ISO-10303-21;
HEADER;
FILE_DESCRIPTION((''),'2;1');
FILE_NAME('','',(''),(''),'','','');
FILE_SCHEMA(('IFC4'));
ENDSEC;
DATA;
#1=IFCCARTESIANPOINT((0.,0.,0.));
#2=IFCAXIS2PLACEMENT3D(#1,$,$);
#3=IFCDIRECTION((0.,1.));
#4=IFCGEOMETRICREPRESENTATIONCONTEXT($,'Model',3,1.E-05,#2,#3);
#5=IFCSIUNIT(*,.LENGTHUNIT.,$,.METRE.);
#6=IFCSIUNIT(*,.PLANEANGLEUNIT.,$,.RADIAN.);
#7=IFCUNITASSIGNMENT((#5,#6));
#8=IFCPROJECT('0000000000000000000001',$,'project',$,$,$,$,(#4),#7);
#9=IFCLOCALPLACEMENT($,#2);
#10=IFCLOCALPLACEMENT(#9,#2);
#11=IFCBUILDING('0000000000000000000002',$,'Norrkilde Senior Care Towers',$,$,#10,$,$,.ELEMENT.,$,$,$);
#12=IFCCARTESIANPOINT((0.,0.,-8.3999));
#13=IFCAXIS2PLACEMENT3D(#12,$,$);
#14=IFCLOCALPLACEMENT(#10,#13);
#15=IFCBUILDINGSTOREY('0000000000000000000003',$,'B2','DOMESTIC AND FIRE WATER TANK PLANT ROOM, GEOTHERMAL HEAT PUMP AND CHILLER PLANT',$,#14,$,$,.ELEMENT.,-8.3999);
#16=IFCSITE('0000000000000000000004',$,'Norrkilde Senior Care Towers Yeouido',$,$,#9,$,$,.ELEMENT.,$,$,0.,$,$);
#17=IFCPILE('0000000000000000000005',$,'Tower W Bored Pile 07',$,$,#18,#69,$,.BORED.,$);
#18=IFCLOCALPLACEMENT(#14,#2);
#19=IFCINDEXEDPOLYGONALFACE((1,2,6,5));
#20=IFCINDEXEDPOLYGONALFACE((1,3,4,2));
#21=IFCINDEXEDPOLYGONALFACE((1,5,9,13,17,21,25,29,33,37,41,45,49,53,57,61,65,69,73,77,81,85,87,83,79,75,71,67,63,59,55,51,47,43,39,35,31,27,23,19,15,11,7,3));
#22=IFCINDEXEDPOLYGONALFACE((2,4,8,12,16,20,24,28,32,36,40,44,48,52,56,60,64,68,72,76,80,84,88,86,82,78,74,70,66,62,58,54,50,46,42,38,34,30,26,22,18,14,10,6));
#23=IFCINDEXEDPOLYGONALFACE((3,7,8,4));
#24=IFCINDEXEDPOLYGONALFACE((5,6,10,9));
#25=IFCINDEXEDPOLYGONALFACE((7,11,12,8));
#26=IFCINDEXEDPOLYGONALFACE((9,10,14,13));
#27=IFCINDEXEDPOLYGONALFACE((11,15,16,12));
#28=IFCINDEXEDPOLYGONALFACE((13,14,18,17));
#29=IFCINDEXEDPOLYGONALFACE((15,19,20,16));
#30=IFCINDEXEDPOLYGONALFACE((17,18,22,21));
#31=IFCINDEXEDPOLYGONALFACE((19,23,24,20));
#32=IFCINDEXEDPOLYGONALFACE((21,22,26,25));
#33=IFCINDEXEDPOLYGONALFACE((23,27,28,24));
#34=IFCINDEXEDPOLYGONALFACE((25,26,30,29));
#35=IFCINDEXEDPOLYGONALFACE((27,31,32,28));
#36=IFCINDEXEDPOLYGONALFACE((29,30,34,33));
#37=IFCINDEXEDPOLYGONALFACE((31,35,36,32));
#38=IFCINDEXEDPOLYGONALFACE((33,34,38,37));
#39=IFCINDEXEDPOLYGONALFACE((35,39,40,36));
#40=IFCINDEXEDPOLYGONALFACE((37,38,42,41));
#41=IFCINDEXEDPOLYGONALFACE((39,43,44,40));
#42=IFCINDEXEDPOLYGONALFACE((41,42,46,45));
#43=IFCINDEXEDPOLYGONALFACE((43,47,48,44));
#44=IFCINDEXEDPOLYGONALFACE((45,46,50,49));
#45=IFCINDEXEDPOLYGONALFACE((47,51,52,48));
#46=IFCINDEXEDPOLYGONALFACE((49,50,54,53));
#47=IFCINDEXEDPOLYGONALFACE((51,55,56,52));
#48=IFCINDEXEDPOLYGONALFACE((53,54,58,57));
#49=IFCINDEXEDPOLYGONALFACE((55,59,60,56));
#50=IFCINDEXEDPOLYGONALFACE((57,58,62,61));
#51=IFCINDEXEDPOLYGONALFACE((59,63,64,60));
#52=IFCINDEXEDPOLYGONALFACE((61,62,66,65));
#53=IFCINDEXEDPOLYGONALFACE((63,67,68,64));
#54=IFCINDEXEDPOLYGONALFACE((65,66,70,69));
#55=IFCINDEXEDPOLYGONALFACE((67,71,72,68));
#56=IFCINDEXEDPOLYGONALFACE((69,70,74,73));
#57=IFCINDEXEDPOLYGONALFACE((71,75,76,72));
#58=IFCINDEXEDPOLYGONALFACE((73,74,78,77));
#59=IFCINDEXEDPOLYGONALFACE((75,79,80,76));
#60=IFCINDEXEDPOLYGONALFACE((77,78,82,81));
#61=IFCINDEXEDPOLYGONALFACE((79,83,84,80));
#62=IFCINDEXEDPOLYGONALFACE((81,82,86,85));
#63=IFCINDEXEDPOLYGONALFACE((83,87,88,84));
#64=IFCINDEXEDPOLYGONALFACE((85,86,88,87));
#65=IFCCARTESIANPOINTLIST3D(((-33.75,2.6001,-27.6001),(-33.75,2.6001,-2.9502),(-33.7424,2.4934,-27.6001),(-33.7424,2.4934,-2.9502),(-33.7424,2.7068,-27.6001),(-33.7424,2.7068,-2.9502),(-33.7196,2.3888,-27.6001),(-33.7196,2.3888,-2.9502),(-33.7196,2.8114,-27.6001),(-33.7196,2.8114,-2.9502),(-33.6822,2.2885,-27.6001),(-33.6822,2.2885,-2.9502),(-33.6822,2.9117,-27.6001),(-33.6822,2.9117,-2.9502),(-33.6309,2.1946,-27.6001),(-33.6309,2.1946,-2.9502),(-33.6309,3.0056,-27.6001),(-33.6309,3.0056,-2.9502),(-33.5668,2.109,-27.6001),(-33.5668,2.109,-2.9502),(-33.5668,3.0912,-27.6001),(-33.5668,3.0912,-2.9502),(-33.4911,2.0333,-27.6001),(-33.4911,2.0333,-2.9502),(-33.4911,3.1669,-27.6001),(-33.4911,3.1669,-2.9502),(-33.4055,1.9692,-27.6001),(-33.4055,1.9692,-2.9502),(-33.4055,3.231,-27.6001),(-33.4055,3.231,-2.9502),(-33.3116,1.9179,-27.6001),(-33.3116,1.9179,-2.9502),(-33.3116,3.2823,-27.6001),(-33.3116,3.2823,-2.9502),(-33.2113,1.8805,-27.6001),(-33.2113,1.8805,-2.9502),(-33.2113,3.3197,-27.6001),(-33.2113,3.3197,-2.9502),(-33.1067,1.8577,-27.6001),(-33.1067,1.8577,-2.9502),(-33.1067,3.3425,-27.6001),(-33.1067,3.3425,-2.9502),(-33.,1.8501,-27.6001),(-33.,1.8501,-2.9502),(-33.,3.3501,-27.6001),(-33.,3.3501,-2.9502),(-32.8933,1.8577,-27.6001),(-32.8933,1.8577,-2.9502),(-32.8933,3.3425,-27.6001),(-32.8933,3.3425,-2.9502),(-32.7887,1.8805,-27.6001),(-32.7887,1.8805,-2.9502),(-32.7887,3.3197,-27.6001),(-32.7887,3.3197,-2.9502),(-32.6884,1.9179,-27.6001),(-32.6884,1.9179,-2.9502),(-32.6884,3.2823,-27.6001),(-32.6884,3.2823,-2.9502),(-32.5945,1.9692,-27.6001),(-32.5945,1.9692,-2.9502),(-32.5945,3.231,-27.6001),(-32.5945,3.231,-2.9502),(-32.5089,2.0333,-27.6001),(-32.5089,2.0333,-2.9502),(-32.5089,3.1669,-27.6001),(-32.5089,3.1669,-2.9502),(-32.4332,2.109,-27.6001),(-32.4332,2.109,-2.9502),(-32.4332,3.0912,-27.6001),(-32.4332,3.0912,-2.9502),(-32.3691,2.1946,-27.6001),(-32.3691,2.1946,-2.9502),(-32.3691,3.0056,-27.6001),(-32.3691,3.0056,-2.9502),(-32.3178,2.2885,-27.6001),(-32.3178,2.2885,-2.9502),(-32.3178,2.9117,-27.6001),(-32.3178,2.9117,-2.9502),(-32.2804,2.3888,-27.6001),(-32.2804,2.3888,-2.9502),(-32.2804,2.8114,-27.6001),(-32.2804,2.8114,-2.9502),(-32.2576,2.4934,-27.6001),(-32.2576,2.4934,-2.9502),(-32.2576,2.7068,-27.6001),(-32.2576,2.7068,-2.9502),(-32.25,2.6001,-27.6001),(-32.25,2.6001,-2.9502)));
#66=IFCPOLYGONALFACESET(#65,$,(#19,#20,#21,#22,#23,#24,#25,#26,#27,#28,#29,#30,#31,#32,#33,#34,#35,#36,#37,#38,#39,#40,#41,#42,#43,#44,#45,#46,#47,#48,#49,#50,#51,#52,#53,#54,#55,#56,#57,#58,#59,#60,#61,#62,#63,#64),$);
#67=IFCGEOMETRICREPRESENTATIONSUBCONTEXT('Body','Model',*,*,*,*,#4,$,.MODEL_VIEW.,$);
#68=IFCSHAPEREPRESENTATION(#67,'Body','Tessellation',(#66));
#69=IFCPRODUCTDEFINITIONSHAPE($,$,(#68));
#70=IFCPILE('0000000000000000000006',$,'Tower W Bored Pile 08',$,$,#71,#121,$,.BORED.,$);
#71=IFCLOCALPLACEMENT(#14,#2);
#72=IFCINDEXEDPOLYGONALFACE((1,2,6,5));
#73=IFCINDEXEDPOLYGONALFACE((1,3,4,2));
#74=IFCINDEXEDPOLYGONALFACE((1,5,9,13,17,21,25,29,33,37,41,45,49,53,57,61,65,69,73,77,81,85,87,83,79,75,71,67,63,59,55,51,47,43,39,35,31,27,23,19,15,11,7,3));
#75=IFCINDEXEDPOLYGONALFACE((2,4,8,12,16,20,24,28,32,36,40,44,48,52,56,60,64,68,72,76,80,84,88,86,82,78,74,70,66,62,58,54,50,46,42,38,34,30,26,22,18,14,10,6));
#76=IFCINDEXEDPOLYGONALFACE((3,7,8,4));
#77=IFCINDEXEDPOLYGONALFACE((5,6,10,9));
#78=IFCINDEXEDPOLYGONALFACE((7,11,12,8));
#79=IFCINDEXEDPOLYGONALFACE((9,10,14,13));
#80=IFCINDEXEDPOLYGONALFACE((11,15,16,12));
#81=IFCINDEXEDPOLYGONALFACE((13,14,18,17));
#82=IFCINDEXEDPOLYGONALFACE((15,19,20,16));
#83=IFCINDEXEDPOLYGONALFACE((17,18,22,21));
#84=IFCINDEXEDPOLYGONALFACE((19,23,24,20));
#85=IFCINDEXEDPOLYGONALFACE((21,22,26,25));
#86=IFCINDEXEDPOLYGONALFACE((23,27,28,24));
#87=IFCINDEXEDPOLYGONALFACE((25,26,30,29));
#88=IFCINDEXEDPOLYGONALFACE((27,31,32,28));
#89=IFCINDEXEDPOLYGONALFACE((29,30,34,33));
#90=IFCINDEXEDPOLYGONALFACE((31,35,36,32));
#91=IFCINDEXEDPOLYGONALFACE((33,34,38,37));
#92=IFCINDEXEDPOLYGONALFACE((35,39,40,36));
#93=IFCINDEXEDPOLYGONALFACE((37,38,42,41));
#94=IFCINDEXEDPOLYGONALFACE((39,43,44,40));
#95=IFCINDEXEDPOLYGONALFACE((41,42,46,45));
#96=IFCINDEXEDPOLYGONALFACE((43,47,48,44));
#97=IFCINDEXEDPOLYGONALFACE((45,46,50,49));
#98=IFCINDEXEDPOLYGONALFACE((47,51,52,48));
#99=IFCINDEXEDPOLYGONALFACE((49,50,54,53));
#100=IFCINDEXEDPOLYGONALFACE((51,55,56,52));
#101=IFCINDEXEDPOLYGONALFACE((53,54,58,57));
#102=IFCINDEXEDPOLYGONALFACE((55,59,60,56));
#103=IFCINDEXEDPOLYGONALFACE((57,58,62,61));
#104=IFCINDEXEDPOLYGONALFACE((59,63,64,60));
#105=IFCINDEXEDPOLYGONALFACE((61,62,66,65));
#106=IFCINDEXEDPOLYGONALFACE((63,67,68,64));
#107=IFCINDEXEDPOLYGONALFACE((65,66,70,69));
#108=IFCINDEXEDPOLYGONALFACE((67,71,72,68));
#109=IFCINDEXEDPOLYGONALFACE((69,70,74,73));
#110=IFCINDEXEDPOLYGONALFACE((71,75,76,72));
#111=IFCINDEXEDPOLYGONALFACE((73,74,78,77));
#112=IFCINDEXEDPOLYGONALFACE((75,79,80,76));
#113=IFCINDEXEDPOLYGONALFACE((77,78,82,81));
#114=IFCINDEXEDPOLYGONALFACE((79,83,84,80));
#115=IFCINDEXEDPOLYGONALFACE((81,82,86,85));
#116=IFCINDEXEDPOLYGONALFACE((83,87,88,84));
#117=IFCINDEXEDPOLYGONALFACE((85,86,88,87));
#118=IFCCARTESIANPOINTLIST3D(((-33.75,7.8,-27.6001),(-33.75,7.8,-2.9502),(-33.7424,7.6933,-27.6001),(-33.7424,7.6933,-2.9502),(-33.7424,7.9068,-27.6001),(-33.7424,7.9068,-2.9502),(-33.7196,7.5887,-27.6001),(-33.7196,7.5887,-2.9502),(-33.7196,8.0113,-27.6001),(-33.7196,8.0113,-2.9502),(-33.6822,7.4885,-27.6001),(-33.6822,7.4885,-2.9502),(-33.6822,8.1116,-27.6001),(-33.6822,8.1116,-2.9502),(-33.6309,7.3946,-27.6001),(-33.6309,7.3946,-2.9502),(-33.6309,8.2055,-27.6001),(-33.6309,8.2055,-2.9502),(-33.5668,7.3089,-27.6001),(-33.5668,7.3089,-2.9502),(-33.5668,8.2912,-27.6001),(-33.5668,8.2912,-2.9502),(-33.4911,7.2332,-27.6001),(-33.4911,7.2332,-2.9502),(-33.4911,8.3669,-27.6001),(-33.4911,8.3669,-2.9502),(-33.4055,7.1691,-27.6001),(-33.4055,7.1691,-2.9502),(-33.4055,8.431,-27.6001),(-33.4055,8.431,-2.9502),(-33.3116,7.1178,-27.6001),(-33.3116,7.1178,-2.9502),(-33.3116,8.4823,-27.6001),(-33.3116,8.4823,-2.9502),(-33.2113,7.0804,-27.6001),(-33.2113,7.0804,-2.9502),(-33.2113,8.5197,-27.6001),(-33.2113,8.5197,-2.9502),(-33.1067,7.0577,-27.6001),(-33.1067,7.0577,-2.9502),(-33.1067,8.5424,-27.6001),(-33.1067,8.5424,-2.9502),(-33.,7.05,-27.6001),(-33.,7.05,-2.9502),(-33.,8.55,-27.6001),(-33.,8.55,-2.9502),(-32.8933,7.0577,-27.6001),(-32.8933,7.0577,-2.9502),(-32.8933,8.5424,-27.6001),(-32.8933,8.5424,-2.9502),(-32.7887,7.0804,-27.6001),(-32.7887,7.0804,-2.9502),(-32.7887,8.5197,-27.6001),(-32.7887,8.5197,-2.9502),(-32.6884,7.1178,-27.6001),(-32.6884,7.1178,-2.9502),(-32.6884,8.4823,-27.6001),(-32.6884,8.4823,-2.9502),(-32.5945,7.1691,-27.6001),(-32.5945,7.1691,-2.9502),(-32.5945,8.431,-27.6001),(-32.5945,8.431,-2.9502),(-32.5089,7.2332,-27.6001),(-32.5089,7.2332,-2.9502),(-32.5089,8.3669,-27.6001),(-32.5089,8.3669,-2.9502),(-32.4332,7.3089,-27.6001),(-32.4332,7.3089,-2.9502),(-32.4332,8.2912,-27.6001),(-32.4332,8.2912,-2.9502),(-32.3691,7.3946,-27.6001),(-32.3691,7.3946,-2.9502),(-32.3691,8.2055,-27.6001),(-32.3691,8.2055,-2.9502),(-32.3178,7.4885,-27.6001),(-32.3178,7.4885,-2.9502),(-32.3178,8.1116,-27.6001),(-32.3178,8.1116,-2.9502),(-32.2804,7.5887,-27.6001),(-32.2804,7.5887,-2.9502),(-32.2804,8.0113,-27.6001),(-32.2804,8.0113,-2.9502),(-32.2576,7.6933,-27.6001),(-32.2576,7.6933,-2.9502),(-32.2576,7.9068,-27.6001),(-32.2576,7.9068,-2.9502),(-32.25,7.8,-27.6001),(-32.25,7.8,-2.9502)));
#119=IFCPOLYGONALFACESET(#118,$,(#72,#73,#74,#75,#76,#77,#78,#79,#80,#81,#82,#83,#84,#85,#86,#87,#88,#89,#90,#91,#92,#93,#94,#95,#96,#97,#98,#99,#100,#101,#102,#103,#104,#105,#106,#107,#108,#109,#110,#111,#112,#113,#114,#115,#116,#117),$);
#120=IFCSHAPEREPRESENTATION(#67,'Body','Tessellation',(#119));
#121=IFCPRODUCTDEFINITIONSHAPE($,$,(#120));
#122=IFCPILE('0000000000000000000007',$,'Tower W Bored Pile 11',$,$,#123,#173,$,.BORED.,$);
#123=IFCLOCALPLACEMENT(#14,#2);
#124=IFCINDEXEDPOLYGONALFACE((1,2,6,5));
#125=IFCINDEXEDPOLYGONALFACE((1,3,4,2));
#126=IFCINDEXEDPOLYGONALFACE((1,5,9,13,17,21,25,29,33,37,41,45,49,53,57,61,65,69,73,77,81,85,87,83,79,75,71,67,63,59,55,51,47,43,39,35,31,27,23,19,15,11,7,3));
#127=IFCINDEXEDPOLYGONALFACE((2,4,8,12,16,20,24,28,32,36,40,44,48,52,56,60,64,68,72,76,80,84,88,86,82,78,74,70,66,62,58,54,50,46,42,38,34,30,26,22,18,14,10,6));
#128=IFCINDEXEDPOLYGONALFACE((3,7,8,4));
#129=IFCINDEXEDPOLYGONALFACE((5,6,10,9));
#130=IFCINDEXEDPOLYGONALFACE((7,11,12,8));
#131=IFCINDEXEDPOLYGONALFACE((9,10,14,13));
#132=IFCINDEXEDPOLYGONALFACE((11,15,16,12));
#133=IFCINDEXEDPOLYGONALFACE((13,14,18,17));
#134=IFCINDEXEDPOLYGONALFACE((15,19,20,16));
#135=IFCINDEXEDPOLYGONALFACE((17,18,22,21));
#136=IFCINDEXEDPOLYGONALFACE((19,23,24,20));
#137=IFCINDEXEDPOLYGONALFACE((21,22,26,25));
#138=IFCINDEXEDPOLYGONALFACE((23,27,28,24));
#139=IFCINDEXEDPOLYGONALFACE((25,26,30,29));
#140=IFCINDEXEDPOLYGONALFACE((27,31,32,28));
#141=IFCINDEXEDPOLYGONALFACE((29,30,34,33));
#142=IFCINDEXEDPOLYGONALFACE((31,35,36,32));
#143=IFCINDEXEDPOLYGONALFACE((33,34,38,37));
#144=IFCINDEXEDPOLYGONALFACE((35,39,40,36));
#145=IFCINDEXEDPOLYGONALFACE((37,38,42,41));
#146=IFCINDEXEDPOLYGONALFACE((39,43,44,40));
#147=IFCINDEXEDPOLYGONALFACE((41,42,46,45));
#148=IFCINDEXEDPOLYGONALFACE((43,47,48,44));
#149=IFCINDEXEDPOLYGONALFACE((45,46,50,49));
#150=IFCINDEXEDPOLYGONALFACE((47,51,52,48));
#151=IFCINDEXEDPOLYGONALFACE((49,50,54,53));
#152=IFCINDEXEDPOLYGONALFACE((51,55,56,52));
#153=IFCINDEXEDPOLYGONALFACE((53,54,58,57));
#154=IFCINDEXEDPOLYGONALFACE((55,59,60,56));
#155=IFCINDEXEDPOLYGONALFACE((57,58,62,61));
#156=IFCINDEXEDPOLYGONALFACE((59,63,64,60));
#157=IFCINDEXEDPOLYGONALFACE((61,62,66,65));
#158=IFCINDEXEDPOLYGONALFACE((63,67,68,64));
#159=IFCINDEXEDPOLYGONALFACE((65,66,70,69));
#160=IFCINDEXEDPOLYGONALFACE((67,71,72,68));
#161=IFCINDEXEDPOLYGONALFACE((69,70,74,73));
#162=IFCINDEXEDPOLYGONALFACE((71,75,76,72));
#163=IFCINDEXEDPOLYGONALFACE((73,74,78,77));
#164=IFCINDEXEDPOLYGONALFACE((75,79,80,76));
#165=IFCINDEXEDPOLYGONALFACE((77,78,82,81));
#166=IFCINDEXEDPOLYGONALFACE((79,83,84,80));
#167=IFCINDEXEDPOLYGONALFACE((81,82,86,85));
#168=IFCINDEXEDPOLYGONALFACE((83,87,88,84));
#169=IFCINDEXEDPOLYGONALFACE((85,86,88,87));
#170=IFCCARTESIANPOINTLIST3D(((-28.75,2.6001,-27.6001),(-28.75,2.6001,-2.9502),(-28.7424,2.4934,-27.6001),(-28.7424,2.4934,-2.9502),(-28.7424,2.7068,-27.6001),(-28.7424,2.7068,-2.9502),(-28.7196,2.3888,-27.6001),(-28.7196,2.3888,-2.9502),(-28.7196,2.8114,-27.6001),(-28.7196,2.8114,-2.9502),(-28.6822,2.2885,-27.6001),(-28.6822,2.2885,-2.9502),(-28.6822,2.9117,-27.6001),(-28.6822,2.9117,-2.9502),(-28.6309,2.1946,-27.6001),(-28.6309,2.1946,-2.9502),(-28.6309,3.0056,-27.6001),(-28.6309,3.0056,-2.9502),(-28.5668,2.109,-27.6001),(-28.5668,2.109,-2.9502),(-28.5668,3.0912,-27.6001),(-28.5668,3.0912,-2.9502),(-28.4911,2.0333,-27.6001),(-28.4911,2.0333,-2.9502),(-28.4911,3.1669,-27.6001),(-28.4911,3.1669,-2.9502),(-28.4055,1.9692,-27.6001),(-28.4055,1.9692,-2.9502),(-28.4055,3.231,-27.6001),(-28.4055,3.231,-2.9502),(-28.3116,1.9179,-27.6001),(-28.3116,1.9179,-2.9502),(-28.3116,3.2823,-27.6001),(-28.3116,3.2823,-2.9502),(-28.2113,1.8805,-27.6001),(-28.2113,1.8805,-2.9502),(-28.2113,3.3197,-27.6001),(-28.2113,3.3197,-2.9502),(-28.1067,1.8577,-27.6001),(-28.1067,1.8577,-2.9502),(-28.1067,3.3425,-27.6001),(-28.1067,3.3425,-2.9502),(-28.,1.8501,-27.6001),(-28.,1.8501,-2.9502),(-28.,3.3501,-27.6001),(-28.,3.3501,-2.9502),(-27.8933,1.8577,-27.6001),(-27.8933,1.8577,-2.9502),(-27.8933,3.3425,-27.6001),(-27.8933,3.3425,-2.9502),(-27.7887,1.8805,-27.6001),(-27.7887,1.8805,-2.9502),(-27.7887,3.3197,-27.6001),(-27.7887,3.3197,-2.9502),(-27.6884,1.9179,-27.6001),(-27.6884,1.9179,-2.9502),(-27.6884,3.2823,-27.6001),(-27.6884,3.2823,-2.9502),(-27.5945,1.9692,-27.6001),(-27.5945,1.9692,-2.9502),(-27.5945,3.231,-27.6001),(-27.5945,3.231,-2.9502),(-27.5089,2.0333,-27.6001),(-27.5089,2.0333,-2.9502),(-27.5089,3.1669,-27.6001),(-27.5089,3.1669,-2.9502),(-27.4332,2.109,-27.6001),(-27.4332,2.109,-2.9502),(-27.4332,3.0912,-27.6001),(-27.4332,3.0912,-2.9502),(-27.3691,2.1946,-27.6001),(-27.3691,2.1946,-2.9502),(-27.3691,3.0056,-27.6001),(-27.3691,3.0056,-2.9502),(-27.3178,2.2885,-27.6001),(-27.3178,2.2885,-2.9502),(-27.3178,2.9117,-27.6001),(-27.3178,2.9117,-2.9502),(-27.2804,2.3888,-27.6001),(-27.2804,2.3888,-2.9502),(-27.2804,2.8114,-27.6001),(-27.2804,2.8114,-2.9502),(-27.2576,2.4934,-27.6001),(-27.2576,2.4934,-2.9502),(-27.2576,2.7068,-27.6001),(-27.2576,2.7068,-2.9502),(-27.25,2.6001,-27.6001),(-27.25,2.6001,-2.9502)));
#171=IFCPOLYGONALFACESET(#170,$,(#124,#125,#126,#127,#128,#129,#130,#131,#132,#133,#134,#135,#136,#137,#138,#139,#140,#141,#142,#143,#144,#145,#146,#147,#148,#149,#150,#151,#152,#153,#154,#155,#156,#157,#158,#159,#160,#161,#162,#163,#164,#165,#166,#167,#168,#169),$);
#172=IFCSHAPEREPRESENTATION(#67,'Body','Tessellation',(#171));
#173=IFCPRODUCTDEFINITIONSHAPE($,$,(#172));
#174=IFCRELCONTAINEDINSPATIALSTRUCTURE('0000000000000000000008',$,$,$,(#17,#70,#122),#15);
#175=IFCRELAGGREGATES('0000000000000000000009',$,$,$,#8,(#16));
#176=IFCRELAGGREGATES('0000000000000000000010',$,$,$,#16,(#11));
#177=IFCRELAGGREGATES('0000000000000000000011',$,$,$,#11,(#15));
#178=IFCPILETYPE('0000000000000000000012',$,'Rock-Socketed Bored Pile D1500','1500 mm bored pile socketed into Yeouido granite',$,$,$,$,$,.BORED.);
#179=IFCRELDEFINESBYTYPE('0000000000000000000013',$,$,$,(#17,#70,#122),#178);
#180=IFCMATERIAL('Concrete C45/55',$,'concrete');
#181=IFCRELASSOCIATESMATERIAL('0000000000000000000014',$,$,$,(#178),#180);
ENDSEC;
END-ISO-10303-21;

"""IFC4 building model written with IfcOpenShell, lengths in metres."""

from ifc_helpers import new_model, si_unit, direction, frame, origin, origin_2d, place, context, subcontext, project, spatial, circle, extrude, source, transform, mapped, material, material_profile, profile_set, type_object, type_shapes, element, save


model = new_model("IFC4")

# Units and contexts
model_context = context("Model", 3, precision=1e-05, world=origin(), true_north=direction((0.0, 1.0)))
body_context = subcontext(model_context, "Body", "Model", "MODEL_VIEW")
ifc_project = project(units=[si_unit("LENGTHUNIT", "METRE"), si_unit("PLANEANGLEUNIT", "RADIAN")], contexts=[model_context])

# Site, building, storey
site_placement = place(None, origin())
site = spatial("IfcSite", under=ifc_project, at=site_placement, Name="Norrkilde Senior Care Towers Yeouido", CompositionType="ELEMENT", RefElevation=0.0)
building_placement = place(site_placement, origin())
building = spatial("IfcBuilding", under=site, at=building_placement, Name="Norrkilde Senior Care Towers", CompositionType="ELEMENT")
storey_placement = place(building_placement, frame((0.0, 0.0, -8.3999)))
storey = spatial("IfcBuildingStorey", under=building, at=storey_placement, Name="B2", Description="DOMESTIC AND FIRE WATER TANK PLANT ROOM, GEOTHERMAL HEAT PUMP AND CHILLER PLANT", CompositionType="ELEMENT", Elevation=-8.3999)

# Piles
ifc_material_1 = material(Name="Concrete C45/55", Category="concrete")
ifc_material_profile_1 = material_profile(ifc_material_1, circle(Radius=0.75, at=origin_2d()), Name="BORED PILE 1500")
ifc_profile_set_1 = profile_set([ifc_material_profile_1], Name="Concrete C45/55")
pile_type_1 = type_object("IfcPileType", Name="Rock-Socketed Bored Pile D1500", Description="1500 mm bored pile socketed into Yeouido granite", PredefinedType="BORED", material=ifc_profile_set_1)
shared_shape_1 = source(origin(), body_context, "Body", "SweptSolid", [
    extrude(circle(Radius=0.75, at=origin_2d()), origin(), (0.0, 0.0, 1.0), 24.6499),
])
type_shapes(pile_type_1, [shared_shape_1])
for number, where, z_axis, x_axis, name in (
    (1, (-33.0, 2.6001, -2.9502), (0.0, 0.0, -1.0), (1.0, 0.0, 0.0), "Tower W Bored Pile 07"),
    (2, (-33.0, 7.8, -2.9502), (0.0, 0.0, -1.0), (1.0, 0.0, 0.0), "Tower W Bored Pile 08"),
    (3, (-28.0, 2.6001, -2.9502), (0.0, 0.0, -1.0), (1.0, 0.0, 0.0), "Tower W Bored Pile 11"),
):
    element("IfcPile", number, at=place(storey_placement, frame(where, z_axis=z_axis, x_axis=x_axis)), inside=storey, type_object=pile_type_1, Name=name, PredefinedType="BORED", context=body_context, shape_type="MappedRepresentation", body=[
        mapped(shared_shape_1, transform((0.0, 0.0, 0.0), x_axis=(1.0, 0.0, 0.0), y_axis=(0.0, 1.0, 0.0), z_axis=(0.0, 0.0, 1.0), scale=1.0)),
    ])

save(model, "model.ifc")
